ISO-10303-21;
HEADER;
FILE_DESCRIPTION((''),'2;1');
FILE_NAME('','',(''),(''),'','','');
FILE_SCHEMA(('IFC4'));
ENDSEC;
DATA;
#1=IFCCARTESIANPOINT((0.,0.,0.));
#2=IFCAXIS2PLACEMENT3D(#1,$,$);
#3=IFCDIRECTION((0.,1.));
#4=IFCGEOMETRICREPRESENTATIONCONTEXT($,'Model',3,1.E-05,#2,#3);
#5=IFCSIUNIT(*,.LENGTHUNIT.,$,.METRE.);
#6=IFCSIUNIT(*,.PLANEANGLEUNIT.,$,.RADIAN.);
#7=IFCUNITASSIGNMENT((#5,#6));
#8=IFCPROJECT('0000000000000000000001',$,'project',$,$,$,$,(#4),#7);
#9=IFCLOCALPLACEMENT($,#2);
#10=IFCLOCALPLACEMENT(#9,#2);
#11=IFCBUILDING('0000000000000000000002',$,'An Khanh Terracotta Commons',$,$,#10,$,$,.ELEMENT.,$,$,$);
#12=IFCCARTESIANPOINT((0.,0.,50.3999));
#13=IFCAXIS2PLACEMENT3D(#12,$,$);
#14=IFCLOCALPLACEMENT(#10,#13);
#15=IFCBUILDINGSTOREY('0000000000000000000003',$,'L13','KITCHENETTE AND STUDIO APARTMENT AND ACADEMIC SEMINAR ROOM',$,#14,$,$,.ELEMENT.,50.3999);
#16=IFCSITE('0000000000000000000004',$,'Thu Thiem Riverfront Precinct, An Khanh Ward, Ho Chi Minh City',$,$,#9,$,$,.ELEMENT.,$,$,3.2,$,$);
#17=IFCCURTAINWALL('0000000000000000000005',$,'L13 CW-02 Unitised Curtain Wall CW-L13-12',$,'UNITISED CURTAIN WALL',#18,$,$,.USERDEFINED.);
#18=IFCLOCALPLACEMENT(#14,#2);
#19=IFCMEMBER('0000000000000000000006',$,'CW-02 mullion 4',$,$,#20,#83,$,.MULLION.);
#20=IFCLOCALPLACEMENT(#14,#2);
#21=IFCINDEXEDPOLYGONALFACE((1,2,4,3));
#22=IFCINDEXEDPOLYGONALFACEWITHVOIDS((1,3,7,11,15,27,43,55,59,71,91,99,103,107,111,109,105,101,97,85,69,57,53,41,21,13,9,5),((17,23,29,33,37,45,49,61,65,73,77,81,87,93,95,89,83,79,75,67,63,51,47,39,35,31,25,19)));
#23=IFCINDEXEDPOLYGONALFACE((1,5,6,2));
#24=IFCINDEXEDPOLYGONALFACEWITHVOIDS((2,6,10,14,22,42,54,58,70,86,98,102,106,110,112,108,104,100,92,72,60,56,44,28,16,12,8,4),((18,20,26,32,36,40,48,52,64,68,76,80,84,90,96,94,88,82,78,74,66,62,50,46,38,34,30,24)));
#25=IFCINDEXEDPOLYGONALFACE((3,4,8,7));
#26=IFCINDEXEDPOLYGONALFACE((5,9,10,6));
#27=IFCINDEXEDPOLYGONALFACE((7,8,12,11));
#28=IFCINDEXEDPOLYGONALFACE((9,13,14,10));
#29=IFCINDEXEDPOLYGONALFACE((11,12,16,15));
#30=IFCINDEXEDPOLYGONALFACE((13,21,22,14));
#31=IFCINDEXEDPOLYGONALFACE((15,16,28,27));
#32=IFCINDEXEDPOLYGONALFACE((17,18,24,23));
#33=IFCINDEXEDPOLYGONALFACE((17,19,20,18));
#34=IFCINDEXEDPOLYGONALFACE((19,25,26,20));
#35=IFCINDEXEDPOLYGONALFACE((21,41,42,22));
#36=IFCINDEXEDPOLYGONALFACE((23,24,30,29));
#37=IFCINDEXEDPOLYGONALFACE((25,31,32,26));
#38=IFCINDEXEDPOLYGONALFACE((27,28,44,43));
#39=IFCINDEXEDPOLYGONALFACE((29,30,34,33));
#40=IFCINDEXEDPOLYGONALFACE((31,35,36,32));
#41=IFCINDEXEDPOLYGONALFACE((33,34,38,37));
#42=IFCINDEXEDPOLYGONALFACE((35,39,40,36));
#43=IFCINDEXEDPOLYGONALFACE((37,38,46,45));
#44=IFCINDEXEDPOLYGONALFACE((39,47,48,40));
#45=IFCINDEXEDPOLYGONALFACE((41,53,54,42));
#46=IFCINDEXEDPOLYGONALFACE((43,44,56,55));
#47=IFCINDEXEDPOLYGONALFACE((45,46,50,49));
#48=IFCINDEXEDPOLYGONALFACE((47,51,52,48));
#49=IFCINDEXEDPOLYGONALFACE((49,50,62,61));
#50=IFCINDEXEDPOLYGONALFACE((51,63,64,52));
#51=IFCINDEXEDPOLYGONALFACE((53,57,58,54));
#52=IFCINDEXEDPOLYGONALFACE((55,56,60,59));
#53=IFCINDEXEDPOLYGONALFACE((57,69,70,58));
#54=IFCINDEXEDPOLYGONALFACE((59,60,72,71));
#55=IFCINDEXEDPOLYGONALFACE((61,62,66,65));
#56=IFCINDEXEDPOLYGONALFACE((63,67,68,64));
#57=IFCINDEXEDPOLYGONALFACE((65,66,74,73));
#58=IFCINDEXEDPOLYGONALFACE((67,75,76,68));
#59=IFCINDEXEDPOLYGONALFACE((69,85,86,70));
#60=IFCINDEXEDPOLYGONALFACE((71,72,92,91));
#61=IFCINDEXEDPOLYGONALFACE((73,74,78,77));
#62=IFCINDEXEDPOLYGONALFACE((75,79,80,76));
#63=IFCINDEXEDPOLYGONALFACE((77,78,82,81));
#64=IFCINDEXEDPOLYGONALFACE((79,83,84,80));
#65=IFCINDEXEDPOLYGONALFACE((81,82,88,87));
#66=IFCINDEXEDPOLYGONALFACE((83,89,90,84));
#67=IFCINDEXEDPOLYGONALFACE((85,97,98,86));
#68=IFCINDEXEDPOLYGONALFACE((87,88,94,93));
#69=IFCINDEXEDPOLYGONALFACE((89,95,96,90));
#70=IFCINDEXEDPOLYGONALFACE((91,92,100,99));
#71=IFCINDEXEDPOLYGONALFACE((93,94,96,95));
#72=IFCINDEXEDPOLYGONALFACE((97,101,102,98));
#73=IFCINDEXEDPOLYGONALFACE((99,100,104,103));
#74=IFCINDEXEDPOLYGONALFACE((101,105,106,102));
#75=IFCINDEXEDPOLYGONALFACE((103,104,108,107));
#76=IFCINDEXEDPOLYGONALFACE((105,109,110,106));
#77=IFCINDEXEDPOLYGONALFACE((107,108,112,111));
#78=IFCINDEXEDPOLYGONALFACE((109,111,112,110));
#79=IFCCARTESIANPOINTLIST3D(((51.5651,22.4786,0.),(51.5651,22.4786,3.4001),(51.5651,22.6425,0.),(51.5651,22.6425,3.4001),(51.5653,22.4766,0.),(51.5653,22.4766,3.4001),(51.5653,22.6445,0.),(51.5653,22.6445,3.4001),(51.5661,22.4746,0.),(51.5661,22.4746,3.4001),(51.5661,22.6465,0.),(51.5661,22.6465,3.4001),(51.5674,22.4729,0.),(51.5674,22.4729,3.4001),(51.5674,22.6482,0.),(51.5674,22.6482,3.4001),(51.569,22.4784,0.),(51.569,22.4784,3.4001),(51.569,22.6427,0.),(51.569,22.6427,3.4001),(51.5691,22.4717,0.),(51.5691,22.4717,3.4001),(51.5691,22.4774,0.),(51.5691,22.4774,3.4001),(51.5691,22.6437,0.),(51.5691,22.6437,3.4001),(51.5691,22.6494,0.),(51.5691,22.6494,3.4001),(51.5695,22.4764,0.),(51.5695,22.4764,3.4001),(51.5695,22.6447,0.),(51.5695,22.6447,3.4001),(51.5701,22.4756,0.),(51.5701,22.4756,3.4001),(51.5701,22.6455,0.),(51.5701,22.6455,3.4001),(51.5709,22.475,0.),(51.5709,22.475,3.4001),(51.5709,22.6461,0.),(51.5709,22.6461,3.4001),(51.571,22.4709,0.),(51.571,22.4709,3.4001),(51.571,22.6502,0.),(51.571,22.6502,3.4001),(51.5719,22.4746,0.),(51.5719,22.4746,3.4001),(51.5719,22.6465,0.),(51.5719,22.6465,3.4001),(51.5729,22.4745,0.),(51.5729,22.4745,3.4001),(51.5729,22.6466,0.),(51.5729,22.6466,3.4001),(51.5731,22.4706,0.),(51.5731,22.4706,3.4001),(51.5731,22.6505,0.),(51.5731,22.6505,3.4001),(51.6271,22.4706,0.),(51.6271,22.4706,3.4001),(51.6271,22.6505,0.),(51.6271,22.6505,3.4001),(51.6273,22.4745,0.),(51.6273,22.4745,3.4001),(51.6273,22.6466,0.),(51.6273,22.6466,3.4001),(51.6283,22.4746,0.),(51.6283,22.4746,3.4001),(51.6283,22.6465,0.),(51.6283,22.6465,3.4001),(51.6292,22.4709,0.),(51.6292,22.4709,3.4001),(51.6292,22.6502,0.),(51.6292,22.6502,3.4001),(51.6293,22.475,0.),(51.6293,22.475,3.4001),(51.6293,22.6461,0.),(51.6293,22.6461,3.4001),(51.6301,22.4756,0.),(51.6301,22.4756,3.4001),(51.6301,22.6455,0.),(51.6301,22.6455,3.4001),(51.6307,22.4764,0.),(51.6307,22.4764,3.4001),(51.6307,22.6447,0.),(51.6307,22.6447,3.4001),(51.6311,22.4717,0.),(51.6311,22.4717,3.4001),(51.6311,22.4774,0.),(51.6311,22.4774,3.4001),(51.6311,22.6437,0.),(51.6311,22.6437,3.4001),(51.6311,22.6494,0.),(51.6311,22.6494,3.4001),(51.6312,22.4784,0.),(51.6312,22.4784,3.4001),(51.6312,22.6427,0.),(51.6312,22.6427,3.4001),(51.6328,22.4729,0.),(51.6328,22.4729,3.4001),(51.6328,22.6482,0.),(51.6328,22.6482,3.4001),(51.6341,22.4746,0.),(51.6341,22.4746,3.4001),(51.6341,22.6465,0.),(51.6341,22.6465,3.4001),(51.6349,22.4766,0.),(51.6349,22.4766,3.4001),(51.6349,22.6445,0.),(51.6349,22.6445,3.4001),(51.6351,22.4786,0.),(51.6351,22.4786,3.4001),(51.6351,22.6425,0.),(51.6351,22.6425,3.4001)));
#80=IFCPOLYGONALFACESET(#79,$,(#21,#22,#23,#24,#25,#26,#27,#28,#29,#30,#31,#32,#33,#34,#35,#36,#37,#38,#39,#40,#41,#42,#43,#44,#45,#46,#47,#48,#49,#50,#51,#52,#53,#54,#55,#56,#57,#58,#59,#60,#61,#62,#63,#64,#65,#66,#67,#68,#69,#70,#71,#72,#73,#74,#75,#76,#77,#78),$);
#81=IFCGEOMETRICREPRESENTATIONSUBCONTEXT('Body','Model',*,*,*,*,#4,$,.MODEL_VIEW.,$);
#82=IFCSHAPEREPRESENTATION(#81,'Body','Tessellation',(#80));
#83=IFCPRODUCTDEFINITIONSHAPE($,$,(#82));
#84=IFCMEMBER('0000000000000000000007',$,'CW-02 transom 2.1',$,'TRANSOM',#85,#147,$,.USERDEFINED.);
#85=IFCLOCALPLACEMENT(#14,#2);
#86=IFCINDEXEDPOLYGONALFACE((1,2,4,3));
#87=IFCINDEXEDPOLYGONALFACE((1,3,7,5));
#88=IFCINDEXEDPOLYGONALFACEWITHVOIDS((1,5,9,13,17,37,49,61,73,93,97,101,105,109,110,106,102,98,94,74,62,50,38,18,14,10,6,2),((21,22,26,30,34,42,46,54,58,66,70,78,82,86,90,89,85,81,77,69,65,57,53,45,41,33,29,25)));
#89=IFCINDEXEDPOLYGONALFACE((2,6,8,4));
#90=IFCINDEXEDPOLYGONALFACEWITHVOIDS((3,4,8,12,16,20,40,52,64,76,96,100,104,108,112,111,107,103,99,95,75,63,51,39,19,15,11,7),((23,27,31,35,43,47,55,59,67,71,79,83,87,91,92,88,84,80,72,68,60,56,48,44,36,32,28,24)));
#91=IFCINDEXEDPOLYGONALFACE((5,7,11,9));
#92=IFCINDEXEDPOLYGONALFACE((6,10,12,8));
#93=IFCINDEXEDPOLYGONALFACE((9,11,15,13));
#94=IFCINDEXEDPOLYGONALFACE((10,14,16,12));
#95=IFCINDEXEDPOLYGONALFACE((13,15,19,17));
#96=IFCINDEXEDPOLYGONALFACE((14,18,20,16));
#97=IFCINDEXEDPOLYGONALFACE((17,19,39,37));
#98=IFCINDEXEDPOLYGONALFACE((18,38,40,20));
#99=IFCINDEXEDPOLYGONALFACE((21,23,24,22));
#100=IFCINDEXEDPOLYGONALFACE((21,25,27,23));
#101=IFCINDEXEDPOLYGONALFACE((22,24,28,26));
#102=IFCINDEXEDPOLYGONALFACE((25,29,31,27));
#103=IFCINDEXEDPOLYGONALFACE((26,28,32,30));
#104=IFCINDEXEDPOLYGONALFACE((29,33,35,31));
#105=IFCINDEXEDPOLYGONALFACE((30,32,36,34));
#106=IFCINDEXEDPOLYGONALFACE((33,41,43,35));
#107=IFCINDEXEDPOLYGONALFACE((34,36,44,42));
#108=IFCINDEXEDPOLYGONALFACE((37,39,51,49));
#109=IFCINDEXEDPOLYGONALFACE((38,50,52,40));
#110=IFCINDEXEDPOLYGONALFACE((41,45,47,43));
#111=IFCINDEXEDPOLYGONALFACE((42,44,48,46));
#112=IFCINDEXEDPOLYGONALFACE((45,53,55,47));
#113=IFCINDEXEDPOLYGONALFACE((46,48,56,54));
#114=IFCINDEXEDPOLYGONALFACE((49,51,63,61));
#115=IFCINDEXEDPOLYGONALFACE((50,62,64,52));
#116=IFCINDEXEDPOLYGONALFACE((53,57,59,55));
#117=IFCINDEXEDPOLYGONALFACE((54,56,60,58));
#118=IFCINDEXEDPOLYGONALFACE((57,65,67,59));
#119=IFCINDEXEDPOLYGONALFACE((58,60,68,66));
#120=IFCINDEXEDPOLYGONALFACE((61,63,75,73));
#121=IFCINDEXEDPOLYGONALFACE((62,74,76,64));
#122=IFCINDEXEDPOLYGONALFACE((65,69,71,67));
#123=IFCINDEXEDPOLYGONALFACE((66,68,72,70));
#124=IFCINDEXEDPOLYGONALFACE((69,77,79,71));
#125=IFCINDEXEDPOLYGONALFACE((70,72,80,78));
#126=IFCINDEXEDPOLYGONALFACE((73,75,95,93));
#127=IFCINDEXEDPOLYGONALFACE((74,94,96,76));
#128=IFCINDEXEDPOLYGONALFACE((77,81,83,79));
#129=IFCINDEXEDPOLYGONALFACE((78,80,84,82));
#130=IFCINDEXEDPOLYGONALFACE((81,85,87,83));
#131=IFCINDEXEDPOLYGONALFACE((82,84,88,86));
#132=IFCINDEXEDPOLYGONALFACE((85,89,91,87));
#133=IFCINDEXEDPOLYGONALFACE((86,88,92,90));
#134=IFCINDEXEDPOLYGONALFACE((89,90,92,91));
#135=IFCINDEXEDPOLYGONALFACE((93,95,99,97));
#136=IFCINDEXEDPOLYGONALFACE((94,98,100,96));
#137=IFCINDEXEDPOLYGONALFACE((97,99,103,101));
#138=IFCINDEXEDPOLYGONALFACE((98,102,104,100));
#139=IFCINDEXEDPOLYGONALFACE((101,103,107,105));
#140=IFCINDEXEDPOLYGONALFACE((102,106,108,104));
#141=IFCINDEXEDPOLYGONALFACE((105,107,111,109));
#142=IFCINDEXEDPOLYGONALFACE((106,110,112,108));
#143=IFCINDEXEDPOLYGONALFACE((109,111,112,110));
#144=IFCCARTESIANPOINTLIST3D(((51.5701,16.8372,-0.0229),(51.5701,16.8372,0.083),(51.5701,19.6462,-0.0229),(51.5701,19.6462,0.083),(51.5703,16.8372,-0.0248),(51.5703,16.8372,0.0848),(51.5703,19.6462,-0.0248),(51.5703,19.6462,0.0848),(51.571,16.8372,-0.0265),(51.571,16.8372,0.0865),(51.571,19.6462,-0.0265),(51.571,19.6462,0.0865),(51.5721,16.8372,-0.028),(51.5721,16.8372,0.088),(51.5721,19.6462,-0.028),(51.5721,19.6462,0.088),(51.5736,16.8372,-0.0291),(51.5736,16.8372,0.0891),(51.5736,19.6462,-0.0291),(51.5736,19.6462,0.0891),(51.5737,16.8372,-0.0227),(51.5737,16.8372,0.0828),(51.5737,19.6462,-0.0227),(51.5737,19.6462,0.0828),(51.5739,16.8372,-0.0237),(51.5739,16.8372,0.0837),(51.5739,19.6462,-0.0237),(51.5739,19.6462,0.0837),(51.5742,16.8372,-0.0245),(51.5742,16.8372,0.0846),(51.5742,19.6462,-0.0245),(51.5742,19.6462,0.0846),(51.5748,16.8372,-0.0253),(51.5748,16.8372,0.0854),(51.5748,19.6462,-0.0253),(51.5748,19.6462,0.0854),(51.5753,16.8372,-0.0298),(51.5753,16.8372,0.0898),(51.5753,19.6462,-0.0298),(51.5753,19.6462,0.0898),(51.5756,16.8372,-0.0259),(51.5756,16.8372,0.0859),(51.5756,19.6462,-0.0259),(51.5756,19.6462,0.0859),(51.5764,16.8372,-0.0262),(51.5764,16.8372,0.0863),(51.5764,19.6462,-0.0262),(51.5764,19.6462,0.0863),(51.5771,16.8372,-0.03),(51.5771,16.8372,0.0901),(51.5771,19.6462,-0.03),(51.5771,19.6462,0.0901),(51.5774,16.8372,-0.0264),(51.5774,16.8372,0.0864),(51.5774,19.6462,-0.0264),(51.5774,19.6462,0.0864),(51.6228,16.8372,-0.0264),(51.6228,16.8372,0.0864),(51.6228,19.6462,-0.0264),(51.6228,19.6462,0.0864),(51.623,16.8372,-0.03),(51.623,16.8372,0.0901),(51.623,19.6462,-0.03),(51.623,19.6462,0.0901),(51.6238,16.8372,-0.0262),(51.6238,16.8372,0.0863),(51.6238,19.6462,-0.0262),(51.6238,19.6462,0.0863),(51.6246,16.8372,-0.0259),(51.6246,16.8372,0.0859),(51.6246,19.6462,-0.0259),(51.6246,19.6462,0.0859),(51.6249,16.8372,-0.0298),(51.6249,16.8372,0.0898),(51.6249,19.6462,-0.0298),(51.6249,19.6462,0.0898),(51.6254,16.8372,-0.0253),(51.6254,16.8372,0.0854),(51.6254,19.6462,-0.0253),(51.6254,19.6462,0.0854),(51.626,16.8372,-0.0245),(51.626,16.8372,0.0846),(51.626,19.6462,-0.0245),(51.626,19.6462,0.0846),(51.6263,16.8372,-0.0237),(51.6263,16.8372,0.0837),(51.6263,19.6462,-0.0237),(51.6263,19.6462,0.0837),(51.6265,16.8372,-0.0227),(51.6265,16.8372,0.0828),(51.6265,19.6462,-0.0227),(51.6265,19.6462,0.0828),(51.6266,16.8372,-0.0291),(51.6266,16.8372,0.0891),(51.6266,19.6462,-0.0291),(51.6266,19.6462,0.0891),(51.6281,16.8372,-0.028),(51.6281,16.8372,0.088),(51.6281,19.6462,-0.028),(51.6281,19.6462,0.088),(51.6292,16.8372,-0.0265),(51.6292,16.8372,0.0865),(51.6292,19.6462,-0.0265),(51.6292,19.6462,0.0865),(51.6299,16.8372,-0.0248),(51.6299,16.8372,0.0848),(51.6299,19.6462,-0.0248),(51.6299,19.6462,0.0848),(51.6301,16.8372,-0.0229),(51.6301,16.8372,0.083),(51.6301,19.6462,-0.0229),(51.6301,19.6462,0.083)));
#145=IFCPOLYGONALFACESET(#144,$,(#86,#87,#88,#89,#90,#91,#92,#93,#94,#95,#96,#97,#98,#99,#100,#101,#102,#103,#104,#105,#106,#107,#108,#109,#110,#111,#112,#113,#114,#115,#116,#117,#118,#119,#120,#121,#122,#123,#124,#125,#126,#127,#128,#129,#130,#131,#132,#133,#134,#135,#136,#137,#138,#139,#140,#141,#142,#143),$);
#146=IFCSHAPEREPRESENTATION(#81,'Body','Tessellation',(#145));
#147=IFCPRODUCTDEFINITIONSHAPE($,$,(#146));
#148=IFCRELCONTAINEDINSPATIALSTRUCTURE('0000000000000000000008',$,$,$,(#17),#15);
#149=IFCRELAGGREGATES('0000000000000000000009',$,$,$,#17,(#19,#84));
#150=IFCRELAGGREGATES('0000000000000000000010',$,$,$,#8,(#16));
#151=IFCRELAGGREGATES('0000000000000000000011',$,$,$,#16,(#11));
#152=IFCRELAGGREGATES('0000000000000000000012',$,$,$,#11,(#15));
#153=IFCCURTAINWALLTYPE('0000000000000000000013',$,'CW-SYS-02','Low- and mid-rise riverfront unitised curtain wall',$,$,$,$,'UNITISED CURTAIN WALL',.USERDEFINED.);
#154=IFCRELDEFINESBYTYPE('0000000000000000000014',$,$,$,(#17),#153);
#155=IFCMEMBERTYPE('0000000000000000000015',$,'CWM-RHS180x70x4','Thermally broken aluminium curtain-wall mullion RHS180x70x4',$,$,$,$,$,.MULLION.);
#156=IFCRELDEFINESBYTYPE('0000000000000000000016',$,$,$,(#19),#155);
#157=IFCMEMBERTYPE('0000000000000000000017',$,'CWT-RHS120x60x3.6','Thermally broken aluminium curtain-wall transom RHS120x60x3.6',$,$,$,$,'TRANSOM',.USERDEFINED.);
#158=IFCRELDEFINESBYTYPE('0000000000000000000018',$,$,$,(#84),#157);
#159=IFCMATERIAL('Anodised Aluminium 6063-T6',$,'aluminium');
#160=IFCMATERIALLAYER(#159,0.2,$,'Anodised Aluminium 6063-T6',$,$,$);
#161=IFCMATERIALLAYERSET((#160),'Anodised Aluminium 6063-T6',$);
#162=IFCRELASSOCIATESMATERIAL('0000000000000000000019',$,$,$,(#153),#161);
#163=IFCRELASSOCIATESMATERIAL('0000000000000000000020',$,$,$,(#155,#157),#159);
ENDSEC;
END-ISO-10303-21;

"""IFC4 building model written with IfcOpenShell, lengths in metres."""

from ifc_helpers import new_model, si_unit, direction, frame, origin, origin_2d, place, context, subcontext, project, spatial, hollow_rectangle, extrude, material, layer, layer_set, material_profile, profile_set, type_object, element, aggregate, save


model = new_model("IFC4")

# Units and contexts
model_context = context("Model", 3, precision=1e-05, world=origin(), true_north=direction((0.0, 1.0)))
body_context = subcontext(model_context, "Body", "Model", "MODEL_VIEW")
ifc_project = project(units=[si_unit("LENGTHUNIT", "METRE"), si_unit("PLANEANGLEUNIT", "RADIAN")], contexts=[model_context])

# Site, building, storey
site_placement = place(None, origin())
site = spatial("IfcSite", under=ifc_project, at=site_placement, Name="Thu Thiem Riverfront Precinct, An Khanh Ward, Ho Chi Minh City", CompositionType="ELEMENT", RefElevation=3.2)
building_placement = place(site_placement, origin())
building = spatial("IfcBuilding", under=site, at=building_placement, Name="An Khanh Terracotta Commons", CompositionType="ELEMENT")
storey_placement = place(building_placement, frame((0.0, 0.0, 50.3999)))
storey = spatial("IfcBuildingStorey", under=building, at=storey_placement, Name="L13", Description="KITCHENETTE AND STUDIO APARTMENT AND ACADEMIC SEMINAR ROOM", CompositionType="ELEMENT", Elevation=50.3999)

# Curtain wall, members
ifc_material_1 = material(Name="Anodised Aluminium 6063-T6", Category="aluminium")
ifc_layer_1 = layer(ifc_material_1, 0.2, Name="Anodised Aluminium 6063-T6")
ifc_layer_set_1 = layer_set([ifc_layer_1], Name="Anodised Aluminium 6063-T6")
curtain_wall_type = type_object("IfcCurtainWallType", Name="CW-SYS-02", Description="Low- and mid-rise riverfront unitised curtain wall", ElementType="UNITISED CURTAIN WALL", PredefinedType="USERDEFINED", material=ifc_layer_set_1)
curtain_wall_placement = place(storey_placement, origin())
curtain_wall = element("IfcCurtainWall", 1, at=curtain_wall_placement, inside=storey, type_object=curtain_wall_type, Name="L13 CW-02 Unitised Curtain Wall CW-L13-12", ObjectType="UNITISED CURTAIN WALL", PredefinedType="USERDEFINED")
ifc_material_profile_1 = material_profile(ifc_material_1, hollow_rectangle(XDim=0.0701, YDim=0.1799, WallThickness=0.0039, InnerFilletRadius=0.0039, OuterFilletRadius=0.0081, at=origin_2d()), Name="RHS180x70x4")
ifc_profile_set_1 = profile_set([ifc_material_profile_1], Name="Anodised Aluminium 6063-T6")
member_type_1 = type_object("IfcMemberType", Name="CWM-RHS180x70x4", Description="Thermally broken aluminium curtain-wall mullion RHS180x70x4", PredefinedType="MULLION", material=ifc_profile_set_1)
member_1_placement = place(storey_placement, frame((51.6001, 22.5605, 0.0), z_axis=(0.0, 0.0, 1.0), x_axis=(-1.0, 0.0, 0.0)))
member_1 = element("IfcMember", 2, at=member_1_placement, type_object=member_type_1, Name="CW-02 mullion 4", PredefinedType="MULLION", context=body_context, shape_type="SweptSolid", body=[
    extrude(hollow_rectangle(XDim=0.0701, YDim=0.1799, WallThickness=0.0039, InnerFilletRadius=0.0039, OuterFilletRadius=0.0081, at=origin_2d()), origin(), (0.0, 0.0, 1.0), 3.4001),
])
ifc_material_profile_2 = material_profile(ifc_material_1, hollow_rectangle(XDim=0.0601, YDim=0.1201, WallThickness=0.0037, InnerFilletRadius=0.0037, OuterFilletRadius=0.0071, at=origin_2d()), Name="RHS120x60x3.6")
ifc_profile_set_2 = profile_set([ifc_material_profile_2], Name="Anodised Aluminium 6063-T6")
member_type_2 = type_object("IfcMemberType", Name="CWT-RHS120x60x3.6", Description="Thermally broken aluminium curtain-wall transom RHS120x60x3.6", ElementType="TRANSOM", PredefinedType="USERDEFINED", material=ifc_profile_set_2)
member_2_placement = place(storey_placement, frame((51.6001, 16.8372, 0.03), z_axis=(0.0, 1.0, 0.0), x_axis=(-1.0, 0.0, 0.0)))
member_2 = element("IfcMember", 3, at=member_2_placement, type_object=member_type_2, Name="CW-02 transom 2.1", ObjectType="TRANSOM", PredefinedType="USERDEFINED", context=body_context, shape_type="SweptSolid", body=[
    extrude(hollow_rectangle(XDim=0.0601, YDim=0.1201, WallThickness=0.0037, InnerFilletRadius=0.0037, OuterFilletRadius=0.0071, at=origin_2d()), origin(), (0.0, 0.0, 1.0), 2.8091),
])
aggregate(curtain_wall, [member_1, member_2])

save(model, "model.ifc")
